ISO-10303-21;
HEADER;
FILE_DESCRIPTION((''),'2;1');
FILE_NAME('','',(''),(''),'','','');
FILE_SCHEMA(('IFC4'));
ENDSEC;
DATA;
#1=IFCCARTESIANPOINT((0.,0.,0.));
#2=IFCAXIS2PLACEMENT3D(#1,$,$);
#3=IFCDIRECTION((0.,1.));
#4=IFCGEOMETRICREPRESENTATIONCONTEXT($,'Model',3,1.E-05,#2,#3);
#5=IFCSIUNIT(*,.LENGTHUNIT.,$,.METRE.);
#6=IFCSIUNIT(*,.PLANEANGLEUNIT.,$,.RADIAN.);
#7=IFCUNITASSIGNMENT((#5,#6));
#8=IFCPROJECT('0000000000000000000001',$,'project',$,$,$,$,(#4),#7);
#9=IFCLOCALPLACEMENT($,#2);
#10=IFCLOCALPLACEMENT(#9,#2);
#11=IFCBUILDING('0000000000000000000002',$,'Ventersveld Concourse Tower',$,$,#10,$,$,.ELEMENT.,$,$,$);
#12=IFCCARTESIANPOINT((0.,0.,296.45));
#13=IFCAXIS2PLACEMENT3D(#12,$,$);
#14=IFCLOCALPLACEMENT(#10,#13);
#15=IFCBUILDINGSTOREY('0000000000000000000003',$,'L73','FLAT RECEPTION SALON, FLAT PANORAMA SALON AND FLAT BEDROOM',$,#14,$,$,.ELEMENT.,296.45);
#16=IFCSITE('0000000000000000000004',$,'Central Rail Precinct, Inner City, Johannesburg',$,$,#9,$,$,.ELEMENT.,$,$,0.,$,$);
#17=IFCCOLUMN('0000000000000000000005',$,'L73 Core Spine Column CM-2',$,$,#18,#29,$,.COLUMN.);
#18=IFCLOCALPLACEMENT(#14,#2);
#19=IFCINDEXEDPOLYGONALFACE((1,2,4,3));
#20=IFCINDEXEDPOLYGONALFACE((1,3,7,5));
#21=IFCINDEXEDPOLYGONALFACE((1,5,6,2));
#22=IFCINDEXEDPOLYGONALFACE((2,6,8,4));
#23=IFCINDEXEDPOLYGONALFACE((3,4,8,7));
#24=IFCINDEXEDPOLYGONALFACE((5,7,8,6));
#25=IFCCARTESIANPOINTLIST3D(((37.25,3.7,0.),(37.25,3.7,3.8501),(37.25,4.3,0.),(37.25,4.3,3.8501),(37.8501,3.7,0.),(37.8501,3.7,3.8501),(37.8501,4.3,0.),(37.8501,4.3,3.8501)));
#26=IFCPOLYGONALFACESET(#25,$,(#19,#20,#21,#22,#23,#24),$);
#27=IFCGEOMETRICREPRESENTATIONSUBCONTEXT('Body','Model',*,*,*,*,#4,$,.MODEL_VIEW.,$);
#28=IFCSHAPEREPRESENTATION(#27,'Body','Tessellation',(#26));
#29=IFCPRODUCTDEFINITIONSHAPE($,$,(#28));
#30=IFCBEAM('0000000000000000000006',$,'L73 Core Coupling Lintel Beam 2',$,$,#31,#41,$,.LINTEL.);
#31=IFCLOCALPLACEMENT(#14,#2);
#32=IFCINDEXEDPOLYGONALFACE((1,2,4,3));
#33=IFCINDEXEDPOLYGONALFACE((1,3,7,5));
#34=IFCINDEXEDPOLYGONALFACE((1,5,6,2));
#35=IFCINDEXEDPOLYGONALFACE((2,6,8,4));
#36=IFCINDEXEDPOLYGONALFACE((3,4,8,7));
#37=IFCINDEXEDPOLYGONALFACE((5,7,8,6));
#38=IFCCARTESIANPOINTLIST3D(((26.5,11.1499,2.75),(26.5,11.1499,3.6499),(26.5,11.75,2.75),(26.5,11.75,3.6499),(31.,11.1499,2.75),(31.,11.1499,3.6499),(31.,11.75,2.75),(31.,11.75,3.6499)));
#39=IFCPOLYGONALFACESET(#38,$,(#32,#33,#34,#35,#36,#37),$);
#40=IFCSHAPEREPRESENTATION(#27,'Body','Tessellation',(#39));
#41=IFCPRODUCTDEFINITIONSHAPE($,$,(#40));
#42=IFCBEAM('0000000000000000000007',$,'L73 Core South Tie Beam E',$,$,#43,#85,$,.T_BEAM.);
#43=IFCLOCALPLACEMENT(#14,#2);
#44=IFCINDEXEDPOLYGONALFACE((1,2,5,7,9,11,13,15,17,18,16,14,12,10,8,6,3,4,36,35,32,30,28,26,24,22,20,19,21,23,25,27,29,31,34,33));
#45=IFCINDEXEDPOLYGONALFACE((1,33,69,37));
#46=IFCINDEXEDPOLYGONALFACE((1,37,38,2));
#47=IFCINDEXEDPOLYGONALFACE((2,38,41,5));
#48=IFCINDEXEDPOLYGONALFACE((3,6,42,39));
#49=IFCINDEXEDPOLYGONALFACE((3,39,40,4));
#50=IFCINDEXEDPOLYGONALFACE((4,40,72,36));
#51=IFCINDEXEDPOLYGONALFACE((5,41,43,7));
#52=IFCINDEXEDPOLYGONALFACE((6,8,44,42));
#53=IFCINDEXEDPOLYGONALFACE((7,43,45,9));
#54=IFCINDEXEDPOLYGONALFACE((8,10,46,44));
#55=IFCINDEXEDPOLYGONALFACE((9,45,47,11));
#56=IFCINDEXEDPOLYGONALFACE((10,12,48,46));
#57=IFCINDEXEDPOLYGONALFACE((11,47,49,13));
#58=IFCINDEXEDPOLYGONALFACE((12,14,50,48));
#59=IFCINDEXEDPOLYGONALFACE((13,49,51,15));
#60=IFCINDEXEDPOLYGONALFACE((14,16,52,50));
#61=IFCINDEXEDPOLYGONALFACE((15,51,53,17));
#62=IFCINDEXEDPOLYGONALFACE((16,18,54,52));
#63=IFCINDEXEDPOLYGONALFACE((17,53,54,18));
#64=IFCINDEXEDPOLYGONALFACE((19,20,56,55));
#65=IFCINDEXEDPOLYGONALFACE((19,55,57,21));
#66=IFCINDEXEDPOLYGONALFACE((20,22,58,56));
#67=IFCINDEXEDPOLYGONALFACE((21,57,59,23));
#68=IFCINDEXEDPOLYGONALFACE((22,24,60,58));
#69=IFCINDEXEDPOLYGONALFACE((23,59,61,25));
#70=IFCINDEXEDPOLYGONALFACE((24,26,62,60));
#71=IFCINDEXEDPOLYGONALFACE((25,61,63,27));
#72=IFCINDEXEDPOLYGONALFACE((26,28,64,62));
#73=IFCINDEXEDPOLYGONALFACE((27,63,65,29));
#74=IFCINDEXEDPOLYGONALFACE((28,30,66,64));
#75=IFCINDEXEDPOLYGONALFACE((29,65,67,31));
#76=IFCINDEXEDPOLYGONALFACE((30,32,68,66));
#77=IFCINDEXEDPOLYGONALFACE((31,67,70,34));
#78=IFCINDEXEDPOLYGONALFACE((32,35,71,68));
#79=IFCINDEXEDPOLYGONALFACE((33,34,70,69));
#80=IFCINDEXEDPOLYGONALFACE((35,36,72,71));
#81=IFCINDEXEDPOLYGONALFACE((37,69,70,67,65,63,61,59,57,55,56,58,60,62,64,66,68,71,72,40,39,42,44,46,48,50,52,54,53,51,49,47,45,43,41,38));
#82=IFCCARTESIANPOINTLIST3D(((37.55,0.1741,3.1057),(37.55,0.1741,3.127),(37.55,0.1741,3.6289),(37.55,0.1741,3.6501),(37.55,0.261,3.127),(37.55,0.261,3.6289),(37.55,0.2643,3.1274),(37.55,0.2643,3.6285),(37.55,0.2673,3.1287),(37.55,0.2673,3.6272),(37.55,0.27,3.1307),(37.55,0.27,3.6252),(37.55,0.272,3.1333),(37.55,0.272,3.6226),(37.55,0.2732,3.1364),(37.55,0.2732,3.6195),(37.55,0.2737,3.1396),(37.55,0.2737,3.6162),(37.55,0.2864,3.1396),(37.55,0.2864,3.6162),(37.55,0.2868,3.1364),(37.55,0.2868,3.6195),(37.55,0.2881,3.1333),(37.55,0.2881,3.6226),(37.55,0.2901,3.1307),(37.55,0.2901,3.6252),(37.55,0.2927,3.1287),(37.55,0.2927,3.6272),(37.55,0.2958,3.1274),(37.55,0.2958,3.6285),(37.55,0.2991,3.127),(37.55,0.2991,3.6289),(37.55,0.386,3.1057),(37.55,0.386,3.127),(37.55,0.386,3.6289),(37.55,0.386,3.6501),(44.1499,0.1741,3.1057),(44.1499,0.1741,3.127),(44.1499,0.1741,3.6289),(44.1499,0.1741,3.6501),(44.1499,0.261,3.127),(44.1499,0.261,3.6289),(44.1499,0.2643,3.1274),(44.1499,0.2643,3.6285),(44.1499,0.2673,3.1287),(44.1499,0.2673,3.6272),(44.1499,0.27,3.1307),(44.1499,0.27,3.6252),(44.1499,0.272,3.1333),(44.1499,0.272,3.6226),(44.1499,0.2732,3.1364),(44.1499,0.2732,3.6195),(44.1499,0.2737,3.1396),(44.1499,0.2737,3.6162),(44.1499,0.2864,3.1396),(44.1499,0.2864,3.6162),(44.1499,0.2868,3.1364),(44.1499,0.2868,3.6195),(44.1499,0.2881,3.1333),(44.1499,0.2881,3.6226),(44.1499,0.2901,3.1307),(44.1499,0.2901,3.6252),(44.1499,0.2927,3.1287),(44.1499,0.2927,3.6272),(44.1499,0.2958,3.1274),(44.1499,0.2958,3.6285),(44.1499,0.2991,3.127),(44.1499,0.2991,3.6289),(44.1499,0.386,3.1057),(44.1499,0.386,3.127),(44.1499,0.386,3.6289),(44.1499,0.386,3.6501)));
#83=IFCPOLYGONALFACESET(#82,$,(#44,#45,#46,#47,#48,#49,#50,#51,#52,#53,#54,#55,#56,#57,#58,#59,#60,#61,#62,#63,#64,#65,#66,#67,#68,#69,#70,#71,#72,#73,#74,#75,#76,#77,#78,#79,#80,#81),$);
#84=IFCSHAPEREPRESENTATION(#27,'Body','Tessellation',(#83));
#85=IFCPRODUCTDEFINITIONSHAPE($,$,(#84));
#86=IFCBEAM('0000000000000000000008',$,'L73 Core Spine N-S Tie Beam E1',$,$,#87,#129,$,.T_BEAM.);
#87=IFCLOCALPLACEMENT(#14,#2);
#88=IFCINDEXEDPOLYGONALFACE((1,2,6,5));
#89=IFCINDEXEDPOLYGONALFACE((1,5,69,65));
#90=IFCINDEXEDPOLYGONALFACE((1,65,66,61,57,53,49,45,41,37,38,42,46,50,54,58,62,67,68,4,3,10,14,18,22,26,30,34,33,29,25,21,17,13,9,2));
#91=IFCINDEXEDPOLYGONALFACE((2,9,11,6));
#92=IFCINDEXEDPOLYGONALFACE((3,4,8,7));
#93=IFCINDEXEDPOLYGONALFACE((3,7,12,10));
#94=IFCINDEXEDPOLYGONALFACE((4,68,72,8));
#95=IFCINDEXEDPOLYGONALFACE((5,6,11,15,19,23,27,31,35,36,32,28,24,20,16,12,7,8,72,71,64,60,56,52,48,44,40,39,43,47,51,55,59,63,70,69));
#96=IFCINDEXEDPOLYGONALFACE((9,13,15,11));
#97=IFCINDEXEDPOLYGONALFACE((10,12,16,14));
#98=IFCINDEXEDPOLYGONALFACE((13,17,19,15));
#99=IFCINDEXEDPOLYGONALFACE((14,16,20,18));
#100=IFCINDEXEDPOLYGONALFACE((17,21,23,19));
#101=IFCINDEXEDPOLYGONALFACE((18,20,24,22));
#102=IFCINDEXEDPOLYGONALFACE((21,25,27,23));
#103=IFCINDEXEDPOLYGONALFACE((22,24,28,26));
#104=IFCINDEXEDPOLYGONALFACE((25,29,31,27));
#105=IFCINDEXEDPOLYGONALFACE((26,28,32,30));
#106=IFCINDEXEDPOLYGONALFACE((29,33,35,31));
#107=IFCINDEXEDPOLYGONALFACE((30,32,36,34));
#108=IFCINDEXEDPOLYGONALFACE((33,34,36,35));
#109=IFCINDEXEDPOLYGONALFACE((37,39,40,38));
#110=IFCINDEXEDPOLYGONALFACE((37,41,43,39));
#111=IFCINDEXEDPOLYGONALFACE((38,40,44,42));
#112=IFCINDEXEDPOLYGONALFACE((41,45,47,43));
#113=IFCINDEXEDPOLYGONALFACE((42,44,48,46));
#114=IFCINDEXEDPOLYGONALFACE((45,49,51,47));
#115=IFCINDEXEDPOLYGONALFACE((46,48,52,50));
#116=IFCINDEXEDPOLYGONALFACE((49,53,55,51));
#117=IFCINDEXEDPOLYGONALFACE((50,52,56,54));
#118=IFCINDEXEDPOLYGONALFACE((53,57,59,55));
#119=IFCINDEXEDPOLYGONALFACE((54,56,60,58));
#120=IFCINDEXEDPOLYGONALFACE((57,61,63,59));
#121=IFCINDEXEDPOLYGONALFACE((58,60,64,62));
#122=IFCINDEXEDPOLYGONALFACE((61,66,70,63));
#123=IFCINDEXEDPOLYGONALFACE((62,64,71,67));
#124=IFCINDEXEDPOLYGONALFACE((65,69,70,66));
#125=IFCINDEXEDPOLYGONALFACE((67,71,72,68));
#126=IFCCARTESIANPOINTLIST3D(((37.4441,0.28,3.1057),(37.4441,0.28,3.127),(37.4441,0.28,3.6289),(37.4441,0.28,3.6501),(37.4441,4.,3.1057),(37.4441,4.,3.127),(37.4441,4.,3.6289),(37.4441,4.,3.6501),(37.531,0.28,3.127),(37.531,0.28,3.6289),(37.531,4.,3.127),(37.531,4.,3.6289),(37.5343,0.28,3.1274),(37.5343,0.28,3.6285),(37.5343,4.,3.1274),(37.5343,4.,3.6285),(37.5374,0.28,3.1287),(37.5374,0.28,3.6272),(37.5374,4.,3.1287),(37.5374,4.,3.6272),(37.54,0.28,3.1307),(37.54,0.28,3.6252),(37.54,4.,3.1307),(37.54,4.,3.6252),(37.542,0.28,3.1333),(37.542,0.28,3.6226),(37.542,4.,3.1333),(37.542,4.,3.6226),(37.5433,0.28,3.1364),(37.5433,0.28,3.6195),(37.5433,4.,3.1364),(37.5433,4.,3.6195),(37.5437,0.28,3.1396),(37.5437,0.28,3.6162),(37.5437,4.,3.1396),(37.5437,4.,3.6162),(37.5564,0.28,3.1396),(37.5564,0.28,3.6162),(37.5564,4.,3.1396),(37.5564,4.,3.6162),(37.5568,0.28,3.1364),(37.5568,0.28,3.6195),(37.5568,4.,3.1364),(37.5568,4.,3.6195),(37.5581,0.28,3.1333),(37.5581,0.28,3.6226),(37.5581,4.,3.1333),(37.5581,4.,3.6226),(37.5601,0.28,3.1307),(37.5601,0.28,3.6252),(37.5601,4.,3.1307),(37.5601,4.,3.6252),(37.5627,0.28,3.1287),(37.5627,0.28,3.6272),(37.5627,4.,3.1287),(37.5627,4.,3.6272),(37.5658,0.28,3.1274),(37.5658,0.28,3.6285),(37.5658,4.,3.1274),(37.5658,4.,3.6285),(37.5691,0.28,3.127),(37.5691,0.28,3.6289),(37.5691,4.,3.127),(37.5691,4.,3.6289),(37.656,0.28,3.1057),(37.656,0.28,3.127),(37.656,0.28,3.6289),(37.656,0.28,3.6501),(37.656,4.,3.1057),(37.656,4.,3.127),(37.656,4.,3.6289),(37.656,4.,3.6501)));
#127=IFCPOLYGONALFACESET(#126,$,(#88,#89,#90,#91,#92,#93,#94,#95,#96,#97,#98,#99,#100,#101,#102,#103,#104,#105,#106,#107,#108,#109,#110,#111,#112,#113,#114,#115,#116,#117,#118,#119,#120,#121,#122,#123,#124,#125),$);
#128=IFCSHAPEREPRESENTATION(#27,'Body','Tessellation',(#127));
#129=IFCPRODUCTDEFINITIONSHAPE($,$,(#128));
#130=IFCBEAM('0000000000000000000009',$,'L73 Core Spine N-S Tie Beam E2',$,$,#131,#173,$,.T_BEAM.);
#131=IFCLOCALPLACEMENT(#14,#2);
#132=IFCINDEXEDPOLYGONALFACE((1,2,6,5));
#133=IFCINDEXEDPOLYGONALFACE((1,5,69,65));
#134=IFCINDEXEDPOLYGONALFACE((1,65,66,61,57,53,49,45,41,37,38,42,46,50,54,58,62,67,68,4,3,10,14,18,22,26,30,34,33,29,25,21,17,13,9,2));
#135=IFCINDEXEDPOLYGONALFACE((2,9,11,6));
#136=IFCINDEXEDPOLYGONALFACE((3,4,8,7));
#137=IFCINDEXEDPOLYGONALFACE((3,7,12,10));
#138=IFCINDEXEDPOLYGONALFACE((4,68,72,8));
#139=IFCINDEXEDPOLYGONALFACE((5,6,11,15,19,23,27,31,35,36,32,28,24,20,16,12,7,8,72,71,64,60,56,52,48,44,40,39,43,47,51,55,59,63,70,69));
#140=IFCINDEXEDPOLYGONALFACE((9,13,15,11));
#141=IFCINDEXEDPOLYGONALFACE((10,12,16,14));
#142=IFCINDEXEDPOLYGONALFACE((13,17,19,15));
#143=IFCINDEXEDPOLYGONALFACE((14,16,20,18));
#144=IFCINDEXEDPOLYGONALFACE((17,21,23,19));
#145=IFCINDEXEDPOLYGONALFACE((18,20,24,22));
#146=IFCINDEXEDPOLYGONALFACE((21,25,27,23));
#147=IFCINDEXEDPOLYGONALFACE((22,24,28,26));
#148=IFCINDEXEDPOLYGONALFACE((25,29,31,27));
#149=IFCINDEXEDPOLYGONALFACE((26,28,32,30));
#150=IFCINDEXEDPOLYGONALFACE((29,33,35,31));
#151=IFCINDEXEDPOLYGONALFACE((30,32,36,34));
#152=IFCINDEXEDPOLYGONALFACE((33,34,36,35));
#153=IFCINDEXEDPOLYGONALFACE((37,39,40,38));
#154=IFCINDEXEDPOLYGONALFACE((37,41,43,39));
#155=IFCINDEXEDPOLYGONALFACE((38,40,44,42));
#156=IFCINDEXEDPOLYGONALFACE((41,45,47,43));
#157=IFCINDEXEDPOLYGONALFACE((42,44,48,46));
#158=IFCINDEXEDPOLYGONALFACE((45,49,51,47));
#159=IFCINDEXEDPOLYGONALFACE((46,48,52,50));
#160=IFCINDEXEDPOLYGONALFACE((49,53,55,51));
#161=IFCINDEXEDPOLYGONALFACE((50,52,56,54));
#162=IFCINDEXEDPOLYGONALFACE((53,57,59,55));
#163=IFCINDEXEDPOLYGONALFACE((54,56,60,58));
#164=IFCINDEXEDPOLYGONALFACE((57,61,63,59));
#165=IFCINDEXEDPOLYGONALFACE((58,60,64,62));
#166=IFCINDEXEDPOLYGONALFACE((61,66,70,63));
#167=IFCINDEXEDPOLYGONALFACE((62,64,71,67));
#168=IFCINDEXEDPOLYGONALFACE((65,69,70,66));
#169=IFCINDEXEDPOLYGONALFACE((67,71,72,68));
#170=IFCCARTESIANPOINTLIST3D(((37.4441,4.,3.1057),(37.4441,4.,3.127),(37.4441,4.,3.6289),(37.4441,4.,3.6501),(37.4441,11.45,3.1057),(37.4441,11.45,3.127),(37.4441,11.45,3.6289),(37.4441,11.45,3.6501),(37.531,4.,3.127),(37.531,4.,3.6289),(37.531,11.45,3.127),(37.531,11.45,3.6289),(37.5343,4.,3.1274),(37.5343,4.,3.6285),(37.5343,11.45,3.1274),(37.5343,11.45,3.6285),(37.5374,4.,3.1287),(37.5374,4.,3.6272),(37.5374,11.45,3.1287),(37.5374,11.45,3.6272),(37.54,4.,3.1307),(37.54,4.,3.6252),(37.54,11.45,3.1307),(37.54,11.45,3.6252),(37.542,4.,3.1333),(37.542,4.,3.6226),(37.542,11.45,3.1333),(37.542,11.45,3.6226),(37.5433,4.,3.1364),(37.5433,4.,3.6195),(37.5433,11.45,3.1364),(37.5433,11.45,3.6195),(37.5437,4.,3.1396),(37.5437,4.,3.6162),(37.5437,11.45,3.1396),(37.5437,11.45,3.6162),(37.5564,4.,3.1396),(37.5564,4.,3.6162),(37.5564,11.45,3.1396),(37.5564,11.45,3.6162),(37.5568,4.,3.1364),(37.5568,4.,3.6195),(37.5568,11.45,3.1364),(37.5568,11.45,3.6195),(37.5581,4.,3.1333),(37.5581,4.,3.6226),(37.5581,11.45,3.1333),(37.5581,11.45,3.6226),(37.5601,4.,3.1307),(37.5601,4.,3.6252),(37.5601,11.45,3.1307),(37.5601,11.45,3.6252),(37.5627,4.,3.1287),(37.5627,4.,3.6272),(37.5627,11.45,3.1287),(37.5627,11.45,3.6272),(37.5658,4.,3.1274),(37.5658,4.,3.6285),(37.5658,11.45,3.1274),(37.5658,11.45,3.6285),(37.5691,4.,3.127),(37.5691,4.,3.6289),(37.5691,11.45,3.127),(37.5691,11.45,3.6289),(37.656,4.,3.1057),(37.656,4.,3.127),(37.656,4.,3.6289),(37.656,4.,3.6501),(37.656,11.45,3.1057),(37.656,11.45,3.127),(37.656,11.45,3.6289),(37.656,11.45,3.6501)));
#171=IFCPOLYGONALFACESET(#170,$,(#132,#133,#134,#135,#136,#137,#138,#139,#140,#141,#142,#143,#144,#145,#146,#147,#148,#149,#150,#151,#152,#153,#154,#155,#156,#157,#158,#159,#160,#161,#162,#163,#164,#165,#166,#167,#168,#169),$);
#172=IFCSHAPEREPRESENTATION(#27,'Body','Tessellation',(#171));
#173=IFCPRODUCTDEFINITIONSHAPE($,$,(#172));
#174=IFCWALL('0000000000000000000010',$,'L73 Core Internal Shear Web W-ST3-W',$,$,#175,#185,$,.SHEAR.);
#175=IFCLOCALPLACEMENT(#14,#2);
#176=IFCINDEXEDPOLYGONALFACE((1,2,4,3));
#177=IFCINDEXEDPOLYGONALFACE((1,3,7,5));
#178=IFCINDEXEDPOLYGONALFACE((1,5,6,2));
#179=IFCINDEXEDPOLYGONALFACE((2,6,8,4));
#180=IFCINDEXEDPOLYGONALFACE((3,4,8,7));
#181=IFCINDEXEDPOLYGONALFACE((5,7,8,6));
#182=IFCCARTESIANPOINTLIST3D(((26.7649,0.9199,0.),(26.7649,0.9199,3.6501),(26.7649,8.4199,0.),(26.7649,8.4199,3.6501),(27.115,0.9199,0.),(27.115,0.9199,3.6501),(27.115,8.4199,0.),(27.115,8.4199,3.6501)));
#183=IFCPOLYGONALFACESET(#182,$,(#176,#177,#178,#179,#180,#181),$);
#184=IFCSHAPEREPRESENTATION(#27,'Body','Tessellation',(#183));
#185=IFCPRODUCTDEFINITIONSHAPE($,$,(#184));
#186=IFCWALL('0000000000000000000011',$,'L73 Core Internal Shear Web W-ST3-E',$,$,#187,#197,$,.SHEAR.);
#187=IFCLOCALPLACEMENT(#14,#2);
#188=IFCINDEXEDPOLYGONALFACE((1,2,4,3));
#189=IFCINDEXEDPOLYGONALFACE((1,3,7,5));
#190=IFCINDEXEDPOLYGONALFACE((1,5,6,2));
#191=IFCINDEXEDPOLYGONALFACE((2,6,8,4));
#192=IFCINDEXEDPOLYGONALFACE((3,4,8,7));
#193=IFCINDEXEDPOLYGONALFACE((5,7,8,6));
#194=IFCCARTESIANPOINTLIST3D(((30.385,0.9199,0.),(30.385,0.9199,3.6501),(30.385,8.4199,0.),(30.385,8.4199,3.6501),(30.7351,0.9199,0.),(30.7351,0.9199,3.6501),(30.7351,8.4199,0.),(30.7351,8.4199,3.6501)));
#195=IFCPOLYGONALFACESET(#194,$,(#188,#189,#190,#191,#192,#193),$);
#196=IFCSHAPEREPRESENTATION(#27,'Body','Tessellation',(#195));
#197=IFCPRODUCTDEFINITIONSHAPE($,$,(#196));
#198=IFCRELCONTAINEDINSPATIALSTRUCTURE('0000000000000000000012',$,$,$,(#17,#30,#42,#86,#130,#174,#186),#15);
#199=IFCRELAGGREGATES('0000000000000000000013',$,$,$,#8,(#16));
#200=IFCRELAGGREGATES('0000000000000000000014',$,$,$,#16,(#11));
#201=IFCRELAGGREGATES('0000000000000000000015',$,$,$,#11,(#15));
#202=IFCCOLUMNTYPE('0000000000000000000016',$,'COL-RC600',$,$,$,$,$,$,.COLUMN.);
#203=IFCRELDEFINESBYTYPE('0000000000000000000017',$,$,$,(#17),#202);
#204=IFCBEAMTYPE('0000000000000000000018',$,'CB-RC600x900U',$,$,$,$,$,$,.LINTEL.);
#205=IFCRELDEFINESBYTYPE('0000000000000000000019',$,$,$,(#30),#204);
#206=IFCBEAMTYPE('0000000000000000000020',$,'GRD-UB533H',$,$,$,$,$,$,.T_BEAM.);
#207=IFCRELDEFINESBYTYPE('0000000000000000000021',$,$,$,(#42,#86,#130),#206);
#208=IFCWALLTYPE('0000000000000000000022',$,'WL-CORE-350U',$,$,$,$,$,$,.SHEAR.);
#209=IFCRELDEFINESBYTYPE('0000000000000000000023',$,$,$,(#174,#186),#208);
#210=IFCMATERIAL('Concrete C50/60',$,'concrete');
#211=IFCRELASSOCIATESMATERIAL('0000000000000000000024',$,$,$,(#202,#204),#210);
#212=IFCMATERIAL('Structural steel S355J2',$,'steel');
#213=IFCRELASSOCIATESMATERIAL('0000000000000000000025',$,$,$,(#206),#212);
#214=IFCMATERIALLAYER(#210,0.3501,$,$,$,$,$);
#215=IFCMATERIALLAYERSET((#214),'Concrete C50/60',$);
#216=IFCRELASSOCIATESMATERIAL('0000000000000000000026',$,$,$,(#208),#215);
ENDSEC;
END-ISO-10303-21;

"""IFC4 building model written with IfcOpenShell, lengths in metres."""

from ifc_helpers import new_model, si_unit, direction, frame, frame_2d, origin, origin_2d, place, context, subcontext, project, spatial, rectangle, i_section, extrude, material, layer, layer_set, material_profile, profile_set, type_object, element, save


model = new_model("IFC4")

# Units and contexts
model_context = context("Model", 3, precision=1e-05, world=origin(), true_north=direction((0.0, 1.0)))
body_context = subcontext(model_context, "Body", "Model", "MODEL_VIEW")
ifc_project = project(units=[si_unit("LENGTHUNIT", "METRE"), si_unit("PLANEANGLEUNIT", "RADIAN")], contexts=[model_context])

# Site, building, storey
site_placement = place(None, origin())
site = spatial("IfcSite", under=ifc_project, at=site_placement, Name="Central Rail Precinct, Inner City, Johannesburg", CompositionType="ELEMENT", RefElevation=0.0)
building_placement = place(site_placement, origin())
building = spatial("IfcBuilding", under=site, at=building_placement, Name="Ventersveld Concourse Tower", CompositionType="ELEMENT")
storey_placement = place(building_placement, frame((0.0, 0.0, 296.45)))
storey = spatial("IfcBuildingStorey", under=building, at=storey_placement, Name="L73", Description="FLAT RECEPTION SALON, FLAT PANORAMA SALON AND FLAT BEDROOM", CompositionType="ELEMENT", Elevation=296.45)

# Column
ifc_material_1 = material(Name="Concrete C50/60", Category="concrete")
ifc_material_profile_1 = material_profile(ifc_material_1, rectangle(XDim=0.6001, YDim=0.6001, at=origin_2d()), Name="RC 600x600")
ifc_profile_set_1 = profile_set([ifc_material_profile_1], Name="Concrete C50/60")
column_type = type_object("IfcColumnType", Name="COL-RC600", PredefinedType="COLUMN", material=ifc_profile_set_1)
column_placement = place(storey_placement, frame((37.55, 4.0, 0.0), z_axis=(0.0, 0.0, 1.0), x_axis=(1.0, 0.0, 0.0)))
element("IfcColumn", 1, at=column_placement, inside=storey, type_object=column_type, Name="L73 Core Spine Column CM-2", PredefinedType="COLUMN", context=body_context, shape_type="SweptSolid", body=[
    extrude(rectangle(XDim=0.6001, YDim=0.6001, at=origin_2d()), origin(), (0.0, 0.0, 1.0), 3.8501),
])

# Beams
ifc_material_profile_2 = material_profile(ifc_material_1, rectangle(XDim=0.6001, YDim=0.8999, at=origin_2d()), Name="RC 600x900")
ifc_profile_set_2 = profile_set([ifc_material_profile_2], Name="Concrete C50/60")
beam_type_1 = type_object("IfcBeamType", Name="CB-RC600x900U", PredefinedType="LINTEL", material=ifc_profile_set_2)
beam_1_placement = place(storey_placement, frame((26.5, 11.45, 3.2), z_axis=(1.0, 0.0, 0.0), x_axis=(0.0, 1.0, 0.0)))
element("IfcBeam", 2, at=beam_1_placement, inside=storey, type_object=beam_type_1, Name="L73 Core Coupling Lintel Beam 2", PredefinedType="LINTEL", context=body_context, shape_type="SweptSolid", body=[
    extrude(rectangle(XDim=0.6001, YDim=0.8999, at=origin_2d()), origin(), (0.0, 0.0, 1.0), 4.5),
])
ifc_material_2 = material(Name="Structural steel S355J2", Category="steel")
ifc_material_profile_3 = material_profile(ifc_material_2, i_section(OverallWidth=0.2119, OverallDepth=0.5444, WebThickness=0.0127, FlangeThickness=0.0212, FilletRadius=0.0127, at=origin_2d()), Name="UB 533x210x122")
ifc_profile_set_3 = profile_set([ifc_material_profile_3], Name="Structural steel S355J2")
beam_type_2 = type_object("IfcBeamType", Name="GRD-UB533H", PredefinedType="T_BEAM", material=ifc_profile_set_3)
beam_2_placement = place(storey_placement, frame((37.55, 0.28, 3.3779), z_axis=(1.0, 0.0, 0.0), x_axis=(0.0, 1.0, 0.0)))
element("IfcBeam", 3, at=beam_2_placement, inside=storey, type_object=beam_type_2, Name="L73 Core South Tie Beam E", PredefinedType="T_BEAM", context=body_context, shape_type="SweptSolid", body=[
    extrude(i_section(OverallWidth=0.2119, OverallDepth=0.5444, WebThickness=0.0127, FlangeThickness=0.0212, FilletRadius=0.0127, at=origin_2d()), origin(), (0.0, 0.0, 1.0), 6.5999),
])
beam_3_placement = place(storey_placement, frame((37.55, 0.28, 3.3779), z_axis=(0.0, 1.0, 0.0), x_axis=(-1.0, 0.0, 0.0)))
element("IfcBeam", 4, at=beam_3_placement, inside=storey, type_object=beam_type_2, Name="L73 Core Spine N-S Tie Beam E1", PredefinedType="T_BEAM", context=body_context, shape_type="SweptSolid", body=[
    extrude(i_section(OverallWidth=0.2119, OverallDepth=0.5444, WebThickness=0.0127, FlangeThickness=0.0212, FilletRadius=0.0127, at=origin_2d()), origin(), (0.0, 0.0, 1.0), 3.72),
])
beam_4_placement = place(storey_placement, frame((37.55, 4.0, 3.3779), z_axis=(0.0, 1.0, 0.0), x_axis=(-1.0, 0.0, 0.0)))
element("IfcBeam", 5, at=beam_4_placement, inside=storey, type_object=beam_type_2, Name="L73 Core Spine N-S Tie Beam E2", PredefinedType="T_BEAM", context=body_context, shape_type="SweptSolid", body=[
    extrude(i_section(OverallWidth=0.2119, OverallDepth=0.5444, WebThickness=0.0127, FlangeThickness=0.0212, FilletRadius=0.0127, at=origin_2d()), origin(), (0.0, 0.0, 1.0), 7.45),
])

# Walls
ifc_layer_1 = layer(ifc_material_1, 0.3501)
ifc_layer_set_1 = layer_set([ifc_layer_1], Name="Concrete C50/60")
wall_type_1 = type_object("IfcWallType", Name="WL-CORE-350U", PredefinedType="SHEAR", material=ifc_layer_set_1)
for number, where, z_axis, x_axis, name in (
    (6, (26.9399, 0.9199, 0.0), (0.0, 0.0, 1.0), (0.0, 1.0, 0.0), "L73 Core Internal Shear Web W-ST3-W"),
    (7, (30.5601, 0.9199, 0.0), (0.0, 0.0, 1.0), (0.0, 1.0, 0.0), "L73 Core Internal Shear Web W-ST3-E"),
):
    element("IfcWall", number, at=place(storey_placement, frame(where, z_axis=z_axis, x_axis=x_axis)), inside=storey, type_object=wall_type_1, Name=name, PredefinedType="SHEAR", context=body_context, shape_type="SweptSolid", body=[
        extrude(rectangle(XDim=7.5, YDim=0.3501, at=frame_2d((3.75, 0.0))), origin(), (0.0, 0.0, 1.0), 3.6501),
    ])

save(model, "model.ifc")
